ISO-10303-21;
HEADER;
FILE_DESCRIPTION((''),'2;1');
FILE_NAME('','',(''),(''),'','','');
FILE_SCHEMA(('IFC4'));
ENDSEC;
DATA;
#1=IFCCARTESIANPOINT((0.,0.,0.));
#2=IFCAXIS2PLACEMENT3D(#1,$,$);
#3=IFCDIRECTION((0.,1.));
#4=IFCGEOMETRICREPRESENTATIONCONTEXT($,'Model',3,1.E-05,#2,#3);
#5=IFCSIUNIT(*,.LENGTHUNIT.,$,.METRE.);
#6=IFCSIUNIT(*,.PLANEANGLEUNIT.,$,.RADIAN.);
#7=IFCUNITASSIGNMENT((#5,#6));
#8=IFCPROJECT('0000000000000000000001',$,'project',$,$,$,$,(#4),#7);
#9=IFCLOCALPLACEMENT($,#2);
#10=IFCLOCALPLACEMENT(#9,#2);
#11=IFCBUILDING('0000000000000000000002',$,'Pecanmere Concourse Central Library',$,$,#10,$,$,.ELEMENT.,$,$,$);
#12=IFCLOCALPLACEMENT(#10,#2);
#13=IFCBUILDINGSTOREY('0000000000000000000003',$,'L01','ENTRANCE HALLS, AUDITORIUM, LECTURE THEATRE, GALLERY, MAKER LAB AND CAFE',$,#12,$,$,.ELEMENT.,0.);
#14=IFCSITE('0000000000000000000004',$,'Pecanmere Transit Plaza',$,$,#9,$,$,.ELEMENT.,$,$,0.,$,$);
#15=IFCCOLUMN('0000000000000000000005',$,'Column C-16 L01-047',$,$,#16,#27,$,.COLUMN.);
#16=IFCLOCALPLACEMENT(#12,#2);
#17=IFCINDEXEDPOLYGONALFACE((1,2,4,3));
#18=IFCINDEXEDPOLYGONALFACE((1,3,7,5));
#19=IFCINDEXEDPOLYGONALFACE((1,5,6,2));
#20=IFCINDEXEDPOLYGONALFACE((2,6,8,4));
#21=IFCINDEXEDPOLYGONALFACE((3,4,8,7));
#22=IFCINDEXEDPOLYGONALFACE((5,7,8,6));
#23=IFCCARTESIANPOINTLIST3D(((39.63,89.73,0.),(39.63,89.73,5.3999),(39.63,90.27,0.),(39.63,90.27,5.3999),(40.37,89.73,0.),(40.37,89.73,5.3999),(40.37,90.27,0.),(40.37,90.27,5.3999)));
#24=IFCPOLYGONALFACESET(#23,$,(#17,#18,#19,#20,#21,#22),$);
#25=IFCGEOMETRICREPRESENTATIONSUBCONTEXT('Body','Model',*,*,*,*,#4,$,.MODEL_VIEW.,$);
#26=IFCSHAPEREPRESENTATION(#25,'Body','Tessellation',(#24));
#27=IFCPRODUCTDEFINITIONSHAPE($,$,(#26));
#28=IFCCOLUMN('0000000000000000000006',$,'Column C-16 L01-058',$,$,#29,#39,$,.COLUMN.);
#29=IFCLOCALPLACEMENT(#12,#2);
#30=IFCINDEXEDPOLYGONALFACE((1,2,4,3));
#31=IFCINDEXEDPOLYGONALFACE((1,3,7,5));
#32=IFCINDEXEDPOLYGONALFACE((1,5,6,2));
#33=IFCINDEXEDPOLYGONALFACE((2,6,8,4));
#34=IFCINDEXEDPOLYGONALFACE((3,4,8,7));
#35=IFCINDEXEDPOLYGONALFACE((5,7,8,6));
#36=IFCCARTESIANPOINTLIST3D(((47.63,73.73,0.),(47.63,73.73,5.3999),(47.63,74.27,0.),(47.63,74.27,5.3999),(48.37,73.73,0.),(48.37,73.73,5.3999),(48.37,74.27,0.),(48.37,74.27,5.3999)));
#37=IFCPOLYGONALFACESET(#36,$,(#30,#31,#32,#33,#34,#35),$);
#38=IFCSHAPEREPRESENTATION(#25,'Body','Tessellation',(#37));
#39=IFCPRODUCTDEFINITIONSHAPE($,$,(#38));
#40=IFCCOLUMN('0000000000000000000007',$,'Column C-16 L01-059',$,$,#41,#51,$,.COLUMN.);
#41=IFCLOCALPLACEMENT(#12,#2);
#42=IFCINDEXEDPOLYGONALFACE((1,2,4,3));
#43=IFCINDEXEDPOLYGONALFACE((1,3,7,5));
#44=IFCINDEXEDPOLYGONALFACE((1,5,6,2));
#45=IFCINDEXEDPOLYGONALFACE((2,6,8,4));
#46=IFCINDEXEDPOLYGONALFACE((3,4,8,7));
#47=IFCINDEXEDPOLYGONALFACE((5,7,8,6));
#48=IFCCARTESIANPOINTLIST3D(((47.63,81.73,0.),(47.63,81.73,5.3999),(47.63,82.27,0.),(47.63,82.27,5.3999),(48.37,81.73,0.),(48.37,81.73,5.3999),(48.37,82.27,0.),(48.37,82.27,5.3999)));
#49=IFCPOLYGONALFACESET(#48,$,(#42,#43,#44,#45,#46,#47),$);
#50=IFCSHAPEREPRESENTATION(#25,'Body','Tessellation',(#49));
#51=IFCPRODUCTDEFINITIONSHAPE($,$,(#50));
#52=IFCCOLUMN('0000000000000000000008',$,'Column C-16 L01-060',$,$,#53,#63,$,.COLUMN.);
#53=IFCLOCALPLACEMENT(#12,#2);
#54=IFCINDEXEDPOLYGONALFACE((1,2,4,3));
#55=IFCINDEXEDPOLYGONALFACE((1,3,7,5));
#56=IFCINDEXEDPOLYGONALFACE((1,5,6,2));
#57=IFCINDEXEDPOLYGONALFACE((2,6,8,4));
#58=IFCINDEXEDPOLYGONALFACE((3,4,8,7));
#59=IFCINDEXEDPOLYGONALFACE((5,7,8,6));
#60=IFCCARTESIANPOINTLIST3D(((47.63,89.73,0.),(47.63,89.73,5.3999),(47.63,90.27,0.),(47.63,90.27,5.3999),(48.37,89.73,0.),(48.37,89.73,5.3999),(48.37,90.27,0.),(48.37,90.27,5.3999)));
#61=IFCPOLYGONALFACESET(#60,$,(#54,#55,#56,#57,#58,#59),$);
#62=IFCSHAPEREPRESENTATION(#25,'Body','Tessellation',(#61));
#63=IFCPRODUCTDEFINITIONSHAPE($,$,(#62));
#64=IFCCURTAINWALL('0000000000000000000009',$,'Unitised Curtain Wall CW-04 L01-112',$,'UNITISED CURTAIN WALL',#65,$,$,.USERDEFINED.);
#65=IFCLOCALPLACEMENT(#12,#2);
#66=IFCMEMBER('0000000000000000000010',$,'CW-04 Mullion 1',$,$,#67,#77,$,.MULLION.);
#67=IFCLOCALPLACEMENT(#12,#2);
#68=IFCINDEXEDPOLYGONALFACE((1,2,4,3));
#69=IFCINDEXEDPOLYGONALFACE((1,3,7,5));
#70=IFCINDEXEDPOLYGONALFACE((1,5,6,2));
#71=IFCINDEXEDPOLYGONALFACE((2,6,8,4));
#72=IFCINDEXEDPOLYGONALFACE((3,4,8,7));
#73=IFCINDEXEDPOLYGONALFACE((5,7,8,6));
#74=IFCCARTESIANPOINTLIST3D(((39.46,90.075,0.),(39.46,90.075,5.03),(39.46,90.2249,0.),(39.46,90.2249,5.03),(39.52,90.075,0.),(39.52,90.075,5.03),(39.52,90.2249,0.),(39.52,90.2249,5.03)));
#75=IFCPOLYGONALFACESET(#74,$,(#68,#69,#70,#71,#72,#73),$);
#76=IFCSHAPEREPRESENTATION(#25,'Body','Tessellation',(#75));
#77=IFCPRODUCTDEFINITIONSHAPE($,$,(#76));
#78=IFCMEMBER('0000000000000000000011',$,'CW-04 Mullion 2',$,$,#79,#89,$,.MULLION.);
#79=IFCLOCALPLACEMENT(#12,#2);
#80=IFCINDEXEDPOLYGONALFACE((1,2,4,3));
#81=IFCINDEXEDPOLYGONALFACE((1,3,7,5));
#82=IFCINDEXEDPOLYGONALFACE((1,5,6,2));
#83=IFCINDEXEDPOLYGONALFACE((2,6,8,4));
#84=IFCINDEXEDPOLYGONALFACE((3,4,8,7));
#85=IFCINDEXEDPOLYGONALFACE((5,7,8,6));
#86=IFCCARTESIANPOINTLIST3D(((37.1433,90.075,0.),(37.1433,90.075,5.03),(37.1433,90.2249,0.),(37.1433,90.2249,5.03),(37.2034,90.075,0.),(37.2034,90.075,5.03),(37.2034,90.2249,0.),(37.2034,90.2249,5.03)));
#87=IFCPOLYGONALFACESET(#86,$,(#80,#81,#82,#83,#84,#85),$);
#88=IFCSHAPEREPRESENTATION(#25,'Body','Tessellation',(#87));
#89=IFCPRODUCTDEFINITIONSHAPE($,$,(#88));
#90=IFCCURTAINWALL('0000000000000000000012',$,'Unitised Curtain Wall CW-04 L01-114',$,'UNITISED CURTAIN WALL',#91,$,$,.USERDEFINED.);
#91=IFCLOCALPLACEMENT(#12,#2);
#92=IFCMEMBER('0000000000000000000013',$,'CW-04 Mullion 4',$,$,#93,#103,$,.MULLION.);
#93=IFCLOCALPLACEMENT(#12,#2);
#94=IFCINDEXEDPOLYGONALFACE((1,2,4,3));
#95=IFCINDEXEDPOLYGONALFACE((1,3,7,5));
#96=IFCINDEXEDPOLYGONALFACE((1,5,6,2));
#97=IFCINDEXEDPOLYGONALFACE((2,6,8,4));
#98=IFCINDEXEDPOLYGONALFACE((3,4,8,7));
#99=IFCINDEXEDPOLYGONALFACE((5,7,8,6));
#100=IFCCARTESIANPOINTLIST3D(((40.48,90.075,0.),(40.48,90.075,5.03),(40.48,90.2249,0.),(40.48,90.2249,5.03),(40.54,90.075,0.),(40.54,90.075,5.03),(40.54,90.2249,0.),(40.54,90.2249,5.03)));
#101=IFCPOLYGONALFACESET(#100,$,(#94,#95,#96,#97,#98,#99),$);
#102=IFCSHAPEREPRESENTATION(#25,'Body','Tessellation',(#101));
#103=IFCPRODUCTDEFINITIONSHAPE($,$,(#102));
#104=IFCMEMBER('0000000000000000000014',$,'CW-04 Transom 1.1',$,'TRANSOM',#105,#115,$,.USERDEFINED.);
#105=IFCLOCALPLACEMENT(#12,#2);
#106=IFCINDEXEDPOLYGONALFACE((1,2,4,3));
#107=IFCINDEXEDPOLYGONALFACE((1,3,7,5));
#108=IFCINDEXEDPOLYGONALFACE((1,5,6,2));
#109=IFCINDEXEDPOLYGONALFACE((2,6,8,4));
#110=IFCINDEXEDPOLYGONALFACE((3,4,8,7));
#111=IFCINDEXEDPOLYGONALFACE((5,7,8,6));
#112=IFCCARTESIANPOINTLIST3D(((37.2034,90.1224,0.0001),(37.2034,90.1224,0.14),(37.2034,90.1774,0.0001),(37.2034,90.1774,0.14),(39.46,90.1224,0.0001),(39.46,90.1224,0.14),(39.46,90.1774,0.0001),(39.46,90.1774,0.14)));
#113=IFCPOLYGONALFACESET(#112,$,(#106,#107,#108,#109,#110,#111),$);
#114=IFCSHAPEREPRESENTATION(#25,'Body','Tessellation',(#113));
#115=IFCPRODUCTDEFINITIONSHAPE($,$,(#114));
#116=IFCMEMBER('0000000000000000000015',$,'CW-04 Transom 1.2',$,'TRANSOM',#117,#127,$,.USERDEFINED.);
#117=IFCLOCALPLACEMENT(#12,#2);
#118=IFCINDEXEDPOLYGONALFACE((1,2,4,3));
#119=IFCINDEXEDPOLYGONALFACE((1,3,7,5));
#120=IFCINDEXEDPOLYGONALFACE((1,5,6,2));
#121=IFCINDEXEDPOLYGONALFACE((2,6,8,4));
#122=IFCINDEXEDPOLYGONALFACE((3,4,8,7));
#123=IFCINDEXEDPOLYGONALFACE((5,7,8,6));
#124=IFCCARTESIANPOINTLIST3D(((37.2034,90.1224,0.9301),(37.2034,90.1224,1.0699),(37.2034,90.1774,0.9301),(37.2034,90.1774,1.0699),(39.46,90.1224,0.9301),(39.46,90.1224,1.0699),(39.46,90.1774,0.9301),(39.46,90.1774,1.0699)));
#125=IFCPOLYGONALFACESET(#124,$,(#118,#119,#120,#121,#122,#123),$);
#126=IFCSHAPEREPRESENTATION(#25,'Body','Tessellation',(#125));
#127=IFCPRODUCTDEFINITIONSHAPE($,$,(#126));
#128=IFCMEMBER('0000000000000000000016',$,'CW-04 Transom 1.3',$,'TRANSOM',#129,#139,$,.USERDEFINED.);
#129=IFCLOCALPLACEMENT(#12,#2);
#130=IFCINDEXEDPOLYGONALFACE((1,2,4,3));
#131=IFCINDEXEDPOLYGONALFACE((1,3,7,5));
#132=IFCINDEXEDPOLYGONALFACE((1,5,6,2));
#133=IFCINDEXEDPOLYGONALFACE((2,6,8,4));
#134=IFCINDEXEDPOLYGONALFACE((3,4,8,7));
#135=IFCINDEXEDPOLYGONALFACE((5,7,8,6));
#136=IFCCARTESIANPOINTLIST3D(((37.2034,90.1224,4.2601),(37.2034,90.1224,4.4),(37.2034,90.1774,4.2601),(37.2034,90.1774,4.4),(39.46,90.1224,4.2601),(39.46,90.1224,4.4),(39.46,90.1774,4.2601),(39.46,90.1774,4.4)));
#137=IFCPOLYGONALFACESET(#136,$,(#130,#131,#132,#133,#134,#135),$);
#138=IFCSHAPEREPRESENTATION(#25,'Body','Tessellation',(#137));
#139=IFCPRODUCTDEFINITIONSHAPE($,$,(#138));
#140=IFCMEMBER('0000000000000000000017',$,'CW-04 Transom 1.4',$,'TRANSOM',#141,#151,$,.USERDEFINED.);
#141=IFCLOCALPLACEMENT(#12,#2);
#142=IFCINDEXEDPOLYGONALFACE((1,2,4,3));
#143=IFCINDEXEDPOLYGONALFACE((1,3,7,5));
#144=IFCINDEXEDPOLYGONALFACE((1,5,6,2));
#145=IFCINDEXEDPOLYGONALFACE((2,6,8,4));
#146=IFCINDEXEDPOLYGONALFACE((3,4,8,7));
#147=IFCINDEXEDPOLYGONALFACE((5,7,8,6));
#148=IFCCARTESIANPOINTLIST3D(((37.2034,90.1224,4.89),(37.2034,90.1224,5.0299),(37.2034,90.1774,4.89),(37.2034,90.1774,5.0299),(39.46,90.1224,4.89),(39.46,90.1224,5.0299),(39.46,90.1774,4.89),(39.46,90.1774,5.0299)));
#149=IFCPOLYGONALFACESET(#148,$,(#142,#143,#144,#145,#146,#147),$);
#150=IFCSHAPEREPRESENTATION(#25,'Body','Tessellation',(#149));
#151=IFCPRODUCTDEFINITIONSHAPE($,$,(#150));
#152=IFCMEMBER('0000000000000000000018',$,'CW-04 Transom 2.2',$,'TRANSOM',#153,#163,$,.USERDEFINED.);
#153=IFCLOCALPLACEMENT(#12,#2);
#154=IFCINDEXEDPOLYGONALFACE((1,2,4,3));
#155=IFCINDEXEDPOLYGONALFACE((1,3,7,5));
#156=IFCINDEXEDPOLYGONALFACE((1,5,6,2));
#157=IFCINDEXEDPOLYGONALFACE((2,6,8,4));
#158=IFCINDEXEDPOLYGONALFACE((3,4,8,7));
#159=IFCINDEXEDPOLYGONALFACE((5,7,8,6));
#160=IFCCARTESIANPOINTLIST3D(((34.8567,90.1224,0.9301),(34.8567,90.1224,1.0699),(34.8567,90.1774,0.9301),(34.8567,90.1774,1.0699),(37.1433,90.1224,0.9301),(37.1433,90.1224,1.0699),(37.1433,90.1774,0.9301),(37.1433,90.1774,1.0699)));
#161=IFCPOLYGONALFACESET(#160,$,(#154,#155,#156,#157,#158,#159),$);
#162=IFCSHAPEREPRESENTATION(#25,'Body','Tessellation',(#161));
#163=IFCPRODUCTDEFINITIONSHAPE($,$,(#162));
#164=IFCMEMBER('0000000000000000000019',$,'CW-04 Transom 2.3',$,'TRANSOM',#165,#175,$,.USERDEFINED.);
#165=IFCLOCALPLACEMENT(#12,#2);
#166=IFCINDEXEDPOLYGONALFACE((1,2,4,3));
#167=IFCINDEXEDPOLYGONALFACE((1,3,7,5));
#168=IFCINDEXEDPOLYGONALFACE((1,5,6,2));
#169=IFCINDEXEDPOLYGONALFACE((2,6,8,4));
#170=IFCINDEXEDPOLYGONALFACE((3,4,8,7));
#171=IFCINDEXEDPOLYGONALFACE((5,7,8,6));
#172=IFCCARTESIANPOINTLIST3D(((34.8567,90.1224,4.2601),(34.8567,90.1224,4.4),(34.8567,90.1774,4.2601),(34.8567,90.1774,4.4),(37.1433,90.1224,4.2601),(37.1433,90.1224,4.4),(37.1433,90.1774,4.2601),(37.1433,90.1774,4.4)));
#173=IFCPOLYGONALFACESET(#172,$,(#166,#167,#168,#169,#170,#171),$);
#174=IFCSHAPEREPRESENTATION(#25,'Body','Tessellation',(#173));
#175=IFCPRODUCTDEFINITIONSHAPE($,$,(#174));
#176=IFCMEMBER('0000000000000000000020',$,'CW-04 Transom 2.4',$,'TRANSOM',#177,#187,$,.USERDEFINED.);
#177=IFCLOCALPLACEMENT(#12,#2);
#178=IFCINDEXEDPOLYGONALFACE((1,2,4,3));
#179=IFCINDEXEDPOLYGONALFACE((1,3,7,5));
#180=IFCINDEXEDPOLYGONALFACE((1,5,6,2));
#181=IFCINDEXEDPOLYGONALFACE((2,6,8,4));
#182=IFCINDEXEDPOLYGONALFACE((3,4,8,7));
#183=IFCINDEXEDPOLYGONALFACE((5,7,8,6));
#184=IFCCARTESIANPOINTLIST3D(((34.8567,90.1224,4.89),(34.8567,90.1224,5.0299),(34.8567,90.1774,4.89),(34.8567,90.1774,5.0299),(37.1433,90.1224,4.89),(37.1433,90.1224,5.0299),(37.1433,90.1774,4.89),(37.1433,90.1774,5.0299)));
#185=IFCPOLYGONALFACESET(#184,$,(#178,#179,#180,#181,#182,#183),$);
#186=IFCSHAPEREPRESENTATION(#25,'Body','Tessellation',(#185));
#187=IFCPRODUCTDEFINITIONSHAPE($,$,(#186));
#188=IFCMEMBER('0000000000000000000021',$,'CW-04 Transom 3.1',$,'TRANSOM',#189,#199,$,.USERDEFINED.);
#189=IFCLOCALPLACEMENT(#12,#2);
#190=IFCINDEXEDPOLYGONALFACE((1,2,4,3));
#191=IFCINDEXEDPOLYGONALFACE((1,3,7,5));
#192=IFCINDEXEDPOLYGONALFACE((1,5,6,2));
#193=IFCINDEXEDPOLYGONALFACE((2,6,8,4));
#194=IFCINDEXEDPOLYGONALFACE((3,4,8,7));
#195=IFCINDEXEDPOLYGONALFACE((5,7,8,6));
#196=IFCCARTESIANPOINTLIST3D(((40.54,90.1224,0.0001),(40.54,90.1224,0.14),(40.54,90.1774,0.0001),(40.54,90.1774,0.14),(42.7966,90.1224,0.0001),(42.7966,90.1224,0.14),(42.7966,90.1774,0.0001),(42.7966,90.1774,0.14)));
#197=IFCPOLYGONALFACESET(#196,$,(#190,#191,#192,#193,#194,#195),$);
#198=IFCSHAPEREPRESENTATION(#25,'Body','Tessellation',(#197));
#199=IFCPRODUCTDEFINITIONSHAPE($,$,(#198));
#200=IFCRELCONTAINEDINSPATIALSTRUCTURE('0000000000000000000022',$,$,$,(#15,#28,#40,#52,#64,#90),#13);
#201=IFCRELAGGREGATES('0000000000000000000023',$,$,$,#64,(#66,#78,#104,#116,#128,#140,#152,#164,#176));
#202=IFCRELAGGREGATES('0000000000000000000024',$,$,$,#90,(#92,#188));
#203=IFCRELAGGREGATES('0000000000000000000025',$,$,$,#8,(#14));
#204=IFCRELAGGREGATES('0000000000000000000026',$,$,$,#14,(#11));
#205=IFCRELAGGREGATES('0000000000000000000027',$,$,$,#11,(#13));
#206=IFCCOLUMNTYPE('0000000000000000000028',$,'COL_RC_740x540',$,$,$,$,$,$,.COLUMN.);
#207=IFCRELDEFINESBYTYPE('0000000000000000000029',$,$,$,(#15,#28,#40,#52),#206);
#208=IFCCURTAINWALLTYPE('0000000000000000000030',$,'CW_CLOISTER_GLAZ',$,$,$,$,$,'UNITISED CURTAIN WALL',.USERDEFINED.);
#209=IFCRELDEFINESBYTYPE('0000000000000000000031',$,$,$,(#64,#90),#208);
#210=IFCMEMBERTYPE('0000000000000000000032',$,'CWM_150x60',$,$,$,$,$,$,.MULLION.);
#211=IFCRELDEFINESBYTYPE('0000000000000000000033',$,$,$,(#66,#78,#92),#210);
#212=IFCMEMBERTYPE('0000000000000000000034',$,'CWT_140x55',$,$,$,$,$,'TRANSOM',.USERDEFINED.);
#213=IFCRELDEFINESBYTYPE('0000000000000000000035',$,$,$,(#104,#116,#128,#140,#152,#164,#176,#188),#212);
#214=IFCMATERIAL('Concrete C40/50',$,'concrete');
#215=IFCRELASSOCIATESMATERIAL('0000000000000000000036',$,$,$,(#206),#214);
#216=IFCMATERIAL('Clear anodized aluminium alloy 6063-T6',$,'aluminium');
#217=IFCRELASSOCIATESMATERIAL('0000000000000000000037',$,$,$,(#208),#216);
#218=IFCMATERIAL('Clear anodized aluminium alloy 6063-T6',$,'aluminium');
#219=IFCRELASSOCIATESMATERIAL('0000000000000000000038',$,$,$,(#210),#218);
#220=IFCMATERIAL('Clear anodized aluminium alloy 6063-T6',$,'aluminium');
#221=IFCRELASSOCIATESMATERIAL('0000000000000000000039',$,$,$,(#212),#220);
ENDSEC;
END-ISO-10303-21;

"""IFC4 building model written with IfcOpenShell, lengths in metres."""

from ifc_helpers import new_model, si_unit, direction, frame, origin, origin_2d, place, context, subcontext, project, spatial, rectangle, extrude, material, material_profile, profile_set, type_object, element, aggregate, save


model = new_model("IFC4")

# Units and contexts
model_context = context("Model", 3, precision=1e-05, world=origin(), true_north=direction((0.0, 1.0)))
body_context = subcontext(model_context, "Body", "Model", "MODEL_VIEW")
ifc_project = project(units=[si_unit("LENGTHUNIT", "METRE"), si_unit("PLANEANGLEUNIT", "RADIAN")], contexts=[model_context])

# Site, building, storey
site_placement = place(None, origin())
site = spatial("IfcSite", under=ifc_project, at=site_placement, Name="Pecanmere Transit Plaza", CompositionType="ELEMENT", RefElevation=0.0)
building_placement = place(site_placement, origin())
building = spatial("IfcBuilding", under=site, at=building_placement, Name="Pecanmere Concourse Central Library", CompositionType="ELEMENT")
storey_placement = place(building_placement, origin())
storey = spatial("IfcBuildingStorey", under=building, at=storey_placement, Name="L01", Description="ENTRANCE HALLS, AUDITORIUM, LECTURE THEATRE, GALLERY, MAKER LAB AND CAFE", CompositionType="ELEMENT", Elevation=0.0)

# Columns
ifc_material_1 = material(Name="Concrete C40/50", Category="concrete")
ifc_material_profile_1 = material_profile(ifc_material_1, rectangle(XDim=0.74, YDim=0.54, at=origin_2d()), Name="RC 740x540")
ifc_profile_set_1 = profile_set([ifc_material_profile_1], Name="Concrete C40/50")
column_type = type_object("IfcColumnType", Name="COL_RC_740x540", PredefinedType="COLUMN", material=ifc_profile_set_1)
for number, where, z_axis, x_axis, name in (
    (1, (40.0, 90.0, 0.0), (0.0, 0.0, 1.0), (1.0, 0.0, 0.0), "Column C-16 L01-047"),
    (2, (48.0, 74.0, 0.0), (0.0, 0.0, 1.0), (1.0, 0.0, 0.0), "Column C-16 L01-058"),
    (3, (48.0, 82.0, 0.0), (0.0, 0.0, 1.0), (1.0, 0.0, 0.0), "Column C-16 L01-059"),
    (4, (48.0, 90.0, 0.0), (0.0, 0.0, 1.0), (1.0, 0.0, 0.0), "Column C-16 L01-060"),
):
    element("IfcColumn", number, at=place(storey_placement, frame(where, z_axis=z_axis, x_axis=x_axis)), inside=storey, type_object=column_type, Name=name, PredefinedType="COLUMN", context=body_context, shape_type="SweptSolid", body=[
        extrude(rectangle(XDim=0.74, YDim=0.54, at=origin_2d()), origin(), (0.0, 0.0, 1.0), 5.3999),
    ])

# Curtain wall, members
ifc_material_2 = material(Name="Clear anodized aluminium alloy 6063-T6", Category="aluminium")
curtain_wall_type = type_object("IfcCurtainWallType", Name="CW_CLOISTER_GLAZ", ElementType="UNITISED CURTAIN WALL", PredefinedType="USERDEFINED", material=ifc_material_2)
curtain_wall_1_placement = place(storey_placement, origin())
curtain_wall_1 = element("IfcCurtainWall", 5, at=curtain_wall_1_placement, inside=storey, type_object=curtain_wall_type, Name="Unitised Curtain Wall CW-04 L01-112", ObjectType="UNITISED CURTAIN WALL", PredefinedType="USERDEFINED")
ifc_material_3 = material(Name="Clear anodized aluminium alloy 6063-T6", Category="aluminium")
ifc_material_profile_2 = material_profile(ifc_material_3, rectangle(XDim=0.0601, YDim=0.1499, at=origin_2d()), Name="AL 60x150")
ifc_profile_set_2 = profile_set([ifc_material_profile_2], Name="Clear anodized aluminium alloy 6063-T6")
member_type_1 = type_object("IfcMemberType", Name="CWM_150x60", PredefinedType="MULLION", material=ifc_profile_set_2)
member_1_placement = place(storey_placement, frame((39.49, 90.1499, 0.0), z_axis=(0.0, 0.0, 1.0), x_axis=(-1.0, 0.0, 0.0)))
member_1 = element("IfcMember", 6, at=member_1_placement, type_object=member_type_1, Name="CW-04 Mullion 1", PredefinedType="MULLION", context=body_context, shape_type="SweptSolid", body=[
    extrude(rectangle(XDim=0.0601, YDim=0.1499, at=origin_2d()), origin(), (0.0, 0.0, 1.0), 5.03),
])
member_2_placement = place(storey_placement, frame((37.1733, 90.1499, 0.0), z_axis=(0.0, 0.0, 1.0), x_axis=(-1.0, 0.0, 0.0)))
member_2 = element("IfcMember", 7, at=member_2_placement, type_object=member_type_1, Name="CW-04 Mullion 2", PredefinedType="MULLION", context=body_context, shape_type="SweptSolid", body=[
    extrude(rectangle(XDim=0.0601, YDim=0.1499, at=origin_2d()), origin(), (0.0, 0.0, 1.0), 5.03),
])

# Curtain wall, member
curtain_wall_2_placement = place(storey_placement, origin())
curtain_wall_2 = element("IfcCurtainWall", 8, at=curtain_wall_2_placement, inside=storey, type_object=curtain_wall_type, Name="Unitised Curtain Wall CW-04 L01-114", ObjectType="UNITISED CURTAIN WALL", PredefinedType="USERDEFINED")
member_3_placement = place(storey_placement, frame((40.51, 90.1499, 0.0), z_axis=(0.0, 0.0, 1.0), x_axis=(-1.0, 0.0, 0.0)))
member_3 = element("IfcMember", 9, at=member_3_placement, type_object=member_type_1, Name="CW-04 Mullion 4", PredefinedType="MULLION", context=body_context, shape_type="SweptSolid", body=[
    extrude(rectangle(XDim=0.0601, YDim=0.1499, at=origin_2d()), origin(), (0.0, 0.0, 1.0), 5.03),
])

# Members
ifc_material_4 = material(Name="Clear anodized aluminium alloy 6063-T6", Category="aluminium")
ifc_material_profile_3 = material_profile(ifc_material_4, rectangle(XDim=0.0549, YDim=0.1399, at=origin_2d()), Name="AL 55x140")
ifc_profile_set_3 = profile_set([ifc_material_profile_3], Name="Clear anodized aluminium alloy 6063-T6")
member_type_2 = type_object("IfcMemberType", Name="CWT_140x55", ElementType="TRANSOM", PredefinedType="USERDEFINED", material=ifc_profile_set_3)
member_4_placement = place(storey_placement, frame((39.46, 90.1499, 0.0701), z_axis=(-1.0, 0.0, 0.0), x_axis=(0.0, -1.0, 0.0)))
member_4 = element("IfcMember", 10, at=member_4_placement, type_object=member_type_2, Name="CW-04 Transom 1.1", ObjectType="TRANSOM", PredefinedType="USERDEFINED", context=body_context, shape_type="SweptSolid", body=[
    extrude(rectangle(XDim=0.0549, YDim=0.1399, at=origin_2d()), origin(), (0.0, 0.0, 1.0), 2.2566),
])
member_5_placement = place(storey_placement, frame((39.46, 90.1499, 1.0), z_axis=(-1.0, 0.0, 0.0), x_axis=(0.0, -1.0, 0.0)))
member_5 = element("IfcMember", 11, at=member_5_placement, type_object=member_type_2, Name="CW-04 Transom 1.2", ObjectType="TRANSOM", PredefinedType="USERDEFINED", context=body_context, shape_type="SweptSolid", body=[
    extrude(rectangle(XDim=0.0549, YDim=0.1399, at=origin_2d()), origin(), (0.0, 0.0, 1.0), 2.2566),
])
member_6_placement = place(storey_placement, frame((39.46, 90.1499, 4.3301), z_axis=(-1.0, 0.0, 0.0), x_axis=(0.0, -1.0, 0.0)))
member_6 = element("IfcMember", 12, at=member_6_placement, type_object=member_type_2, Name="CW-04 Transom 1.3", ObjectType="TRANSOM", PredefinedType="USERDEFINED", context=body_context, shape_type="SweptSolid", body=[
    extrude(rectangle(XDim=0.0549, YDim=0.1399, at=origin_2d()), origin(), (0.0, 0.0, 1.0), 2.2566),
])
member_7_placement = place(storey_placement, frame((39.46, 90.1499, 4.96), z_axis=(-1.0, 0.0, 0.0), x_axis=(0.0, -1.0, 0.0)))
member_7 = element("IfcMember", 13, at=member_7_placement, type_object=member_type_2, Name="CW-04 Transom 1.4", ObjectType="TRANSOM", PredefinedType="USERDEFINED", context=body_context, shape_type="SweptSolid", body=[
    extrude(rectangle(XDim=0.0549, YDim=0.1399, at=origin_2d()), origin(), (0.0, 0.0, 1.0), 2.2566),
])
member_8_placement = place(storey_placement, frame((37.1433, 90.1499, 1.0), z_axis=(-1.0, 0.0, 0.0), x_axis=(0.0, -1.0, 0.0)))
member_8 = element("IfcMember", 14, at=member_8_placement, type_object=member_type_2, Name="CW-04 Transom 2.2", ObjectType="TRANSOM", PredefinedType="USERDEFINED", context=body_context, shape_type="SweptSolid", body=[
    extrude(rectangle(XDim=0.0549, YDim=0.1399, at=origin_2d()), origin(), (0.0, 0.0, 1.0), 2.2866),
])
member_9_placement = place(storey_placement, frame((37.1433, 90.1499, 4.3301), z_axis=(-1.0, 0.0, 0.0), x_axis=(0.0, -1.0, 0.0)))
member_9 = element("IfcMember", 15, at=member_9_placement, type_object=member_type_2, Name="CW-04 Transom 2.3", ObjectType="TRANSOM", PredefinedType="USERDEFINED", context=body_context, shape_type="SweptSolid", body=[
    extrude(rectangle(XDim=0.0549, YDim=0.1399, at=origin_2d()), origin(), (0.0, 0.0, 1.0), 2.2866),
])
member_10_placement = place(storey_placement, frame((37.1433, 90.1499, 4.96), z_axis=(-1.0, 0.0, 0.0), x_axis=(0.0, -1.0, 0.0)))
member_10 = element("IfcMember", 16, at=member_10_placement, type_object=member_type_2, Name="CW-04 Transom 2.4", ObjectType="TRANSOM", PredefinedType="USERDEFINED", context=body_context, shape_type="SweptSolid", body=[
    extrude(rectangle(XDim=0.0549, YDim=0.1399, at=origin_2d()), origin(), (0.0, 0.0, 1.0), 2.2866),
])
member_11_placement = place(storey_placement, frame((42.7966, 90.1499, 0.0701), z_axis=(-1.0, 0.0, 0.0), x_axis=(0.0, -1.0, 0.0)))
member_11 = element("IfcMember", 17, at=member_11_placement, type_object=member_type_2, Name="CW-04 Transom 3.1", ObjectType="TRANSOM", PredefinedType="USERDEFINED", context=body_context, shape_type="SweptSolid", body=[
    extrude(rectangle(XDim=0.0549, YDim=0.1399, at=origin_2d()), origin(), (0.0, 0.0, 1.0), 2.2566),
])

aggregate(curtain_wall_1, [member_1, member_2, member_4, member_5, member_6, member_7, member_8, member_9, member_10])
aggregate(curtain_wall_2, [member_3, member_11])

save(model, "model.ifc")
